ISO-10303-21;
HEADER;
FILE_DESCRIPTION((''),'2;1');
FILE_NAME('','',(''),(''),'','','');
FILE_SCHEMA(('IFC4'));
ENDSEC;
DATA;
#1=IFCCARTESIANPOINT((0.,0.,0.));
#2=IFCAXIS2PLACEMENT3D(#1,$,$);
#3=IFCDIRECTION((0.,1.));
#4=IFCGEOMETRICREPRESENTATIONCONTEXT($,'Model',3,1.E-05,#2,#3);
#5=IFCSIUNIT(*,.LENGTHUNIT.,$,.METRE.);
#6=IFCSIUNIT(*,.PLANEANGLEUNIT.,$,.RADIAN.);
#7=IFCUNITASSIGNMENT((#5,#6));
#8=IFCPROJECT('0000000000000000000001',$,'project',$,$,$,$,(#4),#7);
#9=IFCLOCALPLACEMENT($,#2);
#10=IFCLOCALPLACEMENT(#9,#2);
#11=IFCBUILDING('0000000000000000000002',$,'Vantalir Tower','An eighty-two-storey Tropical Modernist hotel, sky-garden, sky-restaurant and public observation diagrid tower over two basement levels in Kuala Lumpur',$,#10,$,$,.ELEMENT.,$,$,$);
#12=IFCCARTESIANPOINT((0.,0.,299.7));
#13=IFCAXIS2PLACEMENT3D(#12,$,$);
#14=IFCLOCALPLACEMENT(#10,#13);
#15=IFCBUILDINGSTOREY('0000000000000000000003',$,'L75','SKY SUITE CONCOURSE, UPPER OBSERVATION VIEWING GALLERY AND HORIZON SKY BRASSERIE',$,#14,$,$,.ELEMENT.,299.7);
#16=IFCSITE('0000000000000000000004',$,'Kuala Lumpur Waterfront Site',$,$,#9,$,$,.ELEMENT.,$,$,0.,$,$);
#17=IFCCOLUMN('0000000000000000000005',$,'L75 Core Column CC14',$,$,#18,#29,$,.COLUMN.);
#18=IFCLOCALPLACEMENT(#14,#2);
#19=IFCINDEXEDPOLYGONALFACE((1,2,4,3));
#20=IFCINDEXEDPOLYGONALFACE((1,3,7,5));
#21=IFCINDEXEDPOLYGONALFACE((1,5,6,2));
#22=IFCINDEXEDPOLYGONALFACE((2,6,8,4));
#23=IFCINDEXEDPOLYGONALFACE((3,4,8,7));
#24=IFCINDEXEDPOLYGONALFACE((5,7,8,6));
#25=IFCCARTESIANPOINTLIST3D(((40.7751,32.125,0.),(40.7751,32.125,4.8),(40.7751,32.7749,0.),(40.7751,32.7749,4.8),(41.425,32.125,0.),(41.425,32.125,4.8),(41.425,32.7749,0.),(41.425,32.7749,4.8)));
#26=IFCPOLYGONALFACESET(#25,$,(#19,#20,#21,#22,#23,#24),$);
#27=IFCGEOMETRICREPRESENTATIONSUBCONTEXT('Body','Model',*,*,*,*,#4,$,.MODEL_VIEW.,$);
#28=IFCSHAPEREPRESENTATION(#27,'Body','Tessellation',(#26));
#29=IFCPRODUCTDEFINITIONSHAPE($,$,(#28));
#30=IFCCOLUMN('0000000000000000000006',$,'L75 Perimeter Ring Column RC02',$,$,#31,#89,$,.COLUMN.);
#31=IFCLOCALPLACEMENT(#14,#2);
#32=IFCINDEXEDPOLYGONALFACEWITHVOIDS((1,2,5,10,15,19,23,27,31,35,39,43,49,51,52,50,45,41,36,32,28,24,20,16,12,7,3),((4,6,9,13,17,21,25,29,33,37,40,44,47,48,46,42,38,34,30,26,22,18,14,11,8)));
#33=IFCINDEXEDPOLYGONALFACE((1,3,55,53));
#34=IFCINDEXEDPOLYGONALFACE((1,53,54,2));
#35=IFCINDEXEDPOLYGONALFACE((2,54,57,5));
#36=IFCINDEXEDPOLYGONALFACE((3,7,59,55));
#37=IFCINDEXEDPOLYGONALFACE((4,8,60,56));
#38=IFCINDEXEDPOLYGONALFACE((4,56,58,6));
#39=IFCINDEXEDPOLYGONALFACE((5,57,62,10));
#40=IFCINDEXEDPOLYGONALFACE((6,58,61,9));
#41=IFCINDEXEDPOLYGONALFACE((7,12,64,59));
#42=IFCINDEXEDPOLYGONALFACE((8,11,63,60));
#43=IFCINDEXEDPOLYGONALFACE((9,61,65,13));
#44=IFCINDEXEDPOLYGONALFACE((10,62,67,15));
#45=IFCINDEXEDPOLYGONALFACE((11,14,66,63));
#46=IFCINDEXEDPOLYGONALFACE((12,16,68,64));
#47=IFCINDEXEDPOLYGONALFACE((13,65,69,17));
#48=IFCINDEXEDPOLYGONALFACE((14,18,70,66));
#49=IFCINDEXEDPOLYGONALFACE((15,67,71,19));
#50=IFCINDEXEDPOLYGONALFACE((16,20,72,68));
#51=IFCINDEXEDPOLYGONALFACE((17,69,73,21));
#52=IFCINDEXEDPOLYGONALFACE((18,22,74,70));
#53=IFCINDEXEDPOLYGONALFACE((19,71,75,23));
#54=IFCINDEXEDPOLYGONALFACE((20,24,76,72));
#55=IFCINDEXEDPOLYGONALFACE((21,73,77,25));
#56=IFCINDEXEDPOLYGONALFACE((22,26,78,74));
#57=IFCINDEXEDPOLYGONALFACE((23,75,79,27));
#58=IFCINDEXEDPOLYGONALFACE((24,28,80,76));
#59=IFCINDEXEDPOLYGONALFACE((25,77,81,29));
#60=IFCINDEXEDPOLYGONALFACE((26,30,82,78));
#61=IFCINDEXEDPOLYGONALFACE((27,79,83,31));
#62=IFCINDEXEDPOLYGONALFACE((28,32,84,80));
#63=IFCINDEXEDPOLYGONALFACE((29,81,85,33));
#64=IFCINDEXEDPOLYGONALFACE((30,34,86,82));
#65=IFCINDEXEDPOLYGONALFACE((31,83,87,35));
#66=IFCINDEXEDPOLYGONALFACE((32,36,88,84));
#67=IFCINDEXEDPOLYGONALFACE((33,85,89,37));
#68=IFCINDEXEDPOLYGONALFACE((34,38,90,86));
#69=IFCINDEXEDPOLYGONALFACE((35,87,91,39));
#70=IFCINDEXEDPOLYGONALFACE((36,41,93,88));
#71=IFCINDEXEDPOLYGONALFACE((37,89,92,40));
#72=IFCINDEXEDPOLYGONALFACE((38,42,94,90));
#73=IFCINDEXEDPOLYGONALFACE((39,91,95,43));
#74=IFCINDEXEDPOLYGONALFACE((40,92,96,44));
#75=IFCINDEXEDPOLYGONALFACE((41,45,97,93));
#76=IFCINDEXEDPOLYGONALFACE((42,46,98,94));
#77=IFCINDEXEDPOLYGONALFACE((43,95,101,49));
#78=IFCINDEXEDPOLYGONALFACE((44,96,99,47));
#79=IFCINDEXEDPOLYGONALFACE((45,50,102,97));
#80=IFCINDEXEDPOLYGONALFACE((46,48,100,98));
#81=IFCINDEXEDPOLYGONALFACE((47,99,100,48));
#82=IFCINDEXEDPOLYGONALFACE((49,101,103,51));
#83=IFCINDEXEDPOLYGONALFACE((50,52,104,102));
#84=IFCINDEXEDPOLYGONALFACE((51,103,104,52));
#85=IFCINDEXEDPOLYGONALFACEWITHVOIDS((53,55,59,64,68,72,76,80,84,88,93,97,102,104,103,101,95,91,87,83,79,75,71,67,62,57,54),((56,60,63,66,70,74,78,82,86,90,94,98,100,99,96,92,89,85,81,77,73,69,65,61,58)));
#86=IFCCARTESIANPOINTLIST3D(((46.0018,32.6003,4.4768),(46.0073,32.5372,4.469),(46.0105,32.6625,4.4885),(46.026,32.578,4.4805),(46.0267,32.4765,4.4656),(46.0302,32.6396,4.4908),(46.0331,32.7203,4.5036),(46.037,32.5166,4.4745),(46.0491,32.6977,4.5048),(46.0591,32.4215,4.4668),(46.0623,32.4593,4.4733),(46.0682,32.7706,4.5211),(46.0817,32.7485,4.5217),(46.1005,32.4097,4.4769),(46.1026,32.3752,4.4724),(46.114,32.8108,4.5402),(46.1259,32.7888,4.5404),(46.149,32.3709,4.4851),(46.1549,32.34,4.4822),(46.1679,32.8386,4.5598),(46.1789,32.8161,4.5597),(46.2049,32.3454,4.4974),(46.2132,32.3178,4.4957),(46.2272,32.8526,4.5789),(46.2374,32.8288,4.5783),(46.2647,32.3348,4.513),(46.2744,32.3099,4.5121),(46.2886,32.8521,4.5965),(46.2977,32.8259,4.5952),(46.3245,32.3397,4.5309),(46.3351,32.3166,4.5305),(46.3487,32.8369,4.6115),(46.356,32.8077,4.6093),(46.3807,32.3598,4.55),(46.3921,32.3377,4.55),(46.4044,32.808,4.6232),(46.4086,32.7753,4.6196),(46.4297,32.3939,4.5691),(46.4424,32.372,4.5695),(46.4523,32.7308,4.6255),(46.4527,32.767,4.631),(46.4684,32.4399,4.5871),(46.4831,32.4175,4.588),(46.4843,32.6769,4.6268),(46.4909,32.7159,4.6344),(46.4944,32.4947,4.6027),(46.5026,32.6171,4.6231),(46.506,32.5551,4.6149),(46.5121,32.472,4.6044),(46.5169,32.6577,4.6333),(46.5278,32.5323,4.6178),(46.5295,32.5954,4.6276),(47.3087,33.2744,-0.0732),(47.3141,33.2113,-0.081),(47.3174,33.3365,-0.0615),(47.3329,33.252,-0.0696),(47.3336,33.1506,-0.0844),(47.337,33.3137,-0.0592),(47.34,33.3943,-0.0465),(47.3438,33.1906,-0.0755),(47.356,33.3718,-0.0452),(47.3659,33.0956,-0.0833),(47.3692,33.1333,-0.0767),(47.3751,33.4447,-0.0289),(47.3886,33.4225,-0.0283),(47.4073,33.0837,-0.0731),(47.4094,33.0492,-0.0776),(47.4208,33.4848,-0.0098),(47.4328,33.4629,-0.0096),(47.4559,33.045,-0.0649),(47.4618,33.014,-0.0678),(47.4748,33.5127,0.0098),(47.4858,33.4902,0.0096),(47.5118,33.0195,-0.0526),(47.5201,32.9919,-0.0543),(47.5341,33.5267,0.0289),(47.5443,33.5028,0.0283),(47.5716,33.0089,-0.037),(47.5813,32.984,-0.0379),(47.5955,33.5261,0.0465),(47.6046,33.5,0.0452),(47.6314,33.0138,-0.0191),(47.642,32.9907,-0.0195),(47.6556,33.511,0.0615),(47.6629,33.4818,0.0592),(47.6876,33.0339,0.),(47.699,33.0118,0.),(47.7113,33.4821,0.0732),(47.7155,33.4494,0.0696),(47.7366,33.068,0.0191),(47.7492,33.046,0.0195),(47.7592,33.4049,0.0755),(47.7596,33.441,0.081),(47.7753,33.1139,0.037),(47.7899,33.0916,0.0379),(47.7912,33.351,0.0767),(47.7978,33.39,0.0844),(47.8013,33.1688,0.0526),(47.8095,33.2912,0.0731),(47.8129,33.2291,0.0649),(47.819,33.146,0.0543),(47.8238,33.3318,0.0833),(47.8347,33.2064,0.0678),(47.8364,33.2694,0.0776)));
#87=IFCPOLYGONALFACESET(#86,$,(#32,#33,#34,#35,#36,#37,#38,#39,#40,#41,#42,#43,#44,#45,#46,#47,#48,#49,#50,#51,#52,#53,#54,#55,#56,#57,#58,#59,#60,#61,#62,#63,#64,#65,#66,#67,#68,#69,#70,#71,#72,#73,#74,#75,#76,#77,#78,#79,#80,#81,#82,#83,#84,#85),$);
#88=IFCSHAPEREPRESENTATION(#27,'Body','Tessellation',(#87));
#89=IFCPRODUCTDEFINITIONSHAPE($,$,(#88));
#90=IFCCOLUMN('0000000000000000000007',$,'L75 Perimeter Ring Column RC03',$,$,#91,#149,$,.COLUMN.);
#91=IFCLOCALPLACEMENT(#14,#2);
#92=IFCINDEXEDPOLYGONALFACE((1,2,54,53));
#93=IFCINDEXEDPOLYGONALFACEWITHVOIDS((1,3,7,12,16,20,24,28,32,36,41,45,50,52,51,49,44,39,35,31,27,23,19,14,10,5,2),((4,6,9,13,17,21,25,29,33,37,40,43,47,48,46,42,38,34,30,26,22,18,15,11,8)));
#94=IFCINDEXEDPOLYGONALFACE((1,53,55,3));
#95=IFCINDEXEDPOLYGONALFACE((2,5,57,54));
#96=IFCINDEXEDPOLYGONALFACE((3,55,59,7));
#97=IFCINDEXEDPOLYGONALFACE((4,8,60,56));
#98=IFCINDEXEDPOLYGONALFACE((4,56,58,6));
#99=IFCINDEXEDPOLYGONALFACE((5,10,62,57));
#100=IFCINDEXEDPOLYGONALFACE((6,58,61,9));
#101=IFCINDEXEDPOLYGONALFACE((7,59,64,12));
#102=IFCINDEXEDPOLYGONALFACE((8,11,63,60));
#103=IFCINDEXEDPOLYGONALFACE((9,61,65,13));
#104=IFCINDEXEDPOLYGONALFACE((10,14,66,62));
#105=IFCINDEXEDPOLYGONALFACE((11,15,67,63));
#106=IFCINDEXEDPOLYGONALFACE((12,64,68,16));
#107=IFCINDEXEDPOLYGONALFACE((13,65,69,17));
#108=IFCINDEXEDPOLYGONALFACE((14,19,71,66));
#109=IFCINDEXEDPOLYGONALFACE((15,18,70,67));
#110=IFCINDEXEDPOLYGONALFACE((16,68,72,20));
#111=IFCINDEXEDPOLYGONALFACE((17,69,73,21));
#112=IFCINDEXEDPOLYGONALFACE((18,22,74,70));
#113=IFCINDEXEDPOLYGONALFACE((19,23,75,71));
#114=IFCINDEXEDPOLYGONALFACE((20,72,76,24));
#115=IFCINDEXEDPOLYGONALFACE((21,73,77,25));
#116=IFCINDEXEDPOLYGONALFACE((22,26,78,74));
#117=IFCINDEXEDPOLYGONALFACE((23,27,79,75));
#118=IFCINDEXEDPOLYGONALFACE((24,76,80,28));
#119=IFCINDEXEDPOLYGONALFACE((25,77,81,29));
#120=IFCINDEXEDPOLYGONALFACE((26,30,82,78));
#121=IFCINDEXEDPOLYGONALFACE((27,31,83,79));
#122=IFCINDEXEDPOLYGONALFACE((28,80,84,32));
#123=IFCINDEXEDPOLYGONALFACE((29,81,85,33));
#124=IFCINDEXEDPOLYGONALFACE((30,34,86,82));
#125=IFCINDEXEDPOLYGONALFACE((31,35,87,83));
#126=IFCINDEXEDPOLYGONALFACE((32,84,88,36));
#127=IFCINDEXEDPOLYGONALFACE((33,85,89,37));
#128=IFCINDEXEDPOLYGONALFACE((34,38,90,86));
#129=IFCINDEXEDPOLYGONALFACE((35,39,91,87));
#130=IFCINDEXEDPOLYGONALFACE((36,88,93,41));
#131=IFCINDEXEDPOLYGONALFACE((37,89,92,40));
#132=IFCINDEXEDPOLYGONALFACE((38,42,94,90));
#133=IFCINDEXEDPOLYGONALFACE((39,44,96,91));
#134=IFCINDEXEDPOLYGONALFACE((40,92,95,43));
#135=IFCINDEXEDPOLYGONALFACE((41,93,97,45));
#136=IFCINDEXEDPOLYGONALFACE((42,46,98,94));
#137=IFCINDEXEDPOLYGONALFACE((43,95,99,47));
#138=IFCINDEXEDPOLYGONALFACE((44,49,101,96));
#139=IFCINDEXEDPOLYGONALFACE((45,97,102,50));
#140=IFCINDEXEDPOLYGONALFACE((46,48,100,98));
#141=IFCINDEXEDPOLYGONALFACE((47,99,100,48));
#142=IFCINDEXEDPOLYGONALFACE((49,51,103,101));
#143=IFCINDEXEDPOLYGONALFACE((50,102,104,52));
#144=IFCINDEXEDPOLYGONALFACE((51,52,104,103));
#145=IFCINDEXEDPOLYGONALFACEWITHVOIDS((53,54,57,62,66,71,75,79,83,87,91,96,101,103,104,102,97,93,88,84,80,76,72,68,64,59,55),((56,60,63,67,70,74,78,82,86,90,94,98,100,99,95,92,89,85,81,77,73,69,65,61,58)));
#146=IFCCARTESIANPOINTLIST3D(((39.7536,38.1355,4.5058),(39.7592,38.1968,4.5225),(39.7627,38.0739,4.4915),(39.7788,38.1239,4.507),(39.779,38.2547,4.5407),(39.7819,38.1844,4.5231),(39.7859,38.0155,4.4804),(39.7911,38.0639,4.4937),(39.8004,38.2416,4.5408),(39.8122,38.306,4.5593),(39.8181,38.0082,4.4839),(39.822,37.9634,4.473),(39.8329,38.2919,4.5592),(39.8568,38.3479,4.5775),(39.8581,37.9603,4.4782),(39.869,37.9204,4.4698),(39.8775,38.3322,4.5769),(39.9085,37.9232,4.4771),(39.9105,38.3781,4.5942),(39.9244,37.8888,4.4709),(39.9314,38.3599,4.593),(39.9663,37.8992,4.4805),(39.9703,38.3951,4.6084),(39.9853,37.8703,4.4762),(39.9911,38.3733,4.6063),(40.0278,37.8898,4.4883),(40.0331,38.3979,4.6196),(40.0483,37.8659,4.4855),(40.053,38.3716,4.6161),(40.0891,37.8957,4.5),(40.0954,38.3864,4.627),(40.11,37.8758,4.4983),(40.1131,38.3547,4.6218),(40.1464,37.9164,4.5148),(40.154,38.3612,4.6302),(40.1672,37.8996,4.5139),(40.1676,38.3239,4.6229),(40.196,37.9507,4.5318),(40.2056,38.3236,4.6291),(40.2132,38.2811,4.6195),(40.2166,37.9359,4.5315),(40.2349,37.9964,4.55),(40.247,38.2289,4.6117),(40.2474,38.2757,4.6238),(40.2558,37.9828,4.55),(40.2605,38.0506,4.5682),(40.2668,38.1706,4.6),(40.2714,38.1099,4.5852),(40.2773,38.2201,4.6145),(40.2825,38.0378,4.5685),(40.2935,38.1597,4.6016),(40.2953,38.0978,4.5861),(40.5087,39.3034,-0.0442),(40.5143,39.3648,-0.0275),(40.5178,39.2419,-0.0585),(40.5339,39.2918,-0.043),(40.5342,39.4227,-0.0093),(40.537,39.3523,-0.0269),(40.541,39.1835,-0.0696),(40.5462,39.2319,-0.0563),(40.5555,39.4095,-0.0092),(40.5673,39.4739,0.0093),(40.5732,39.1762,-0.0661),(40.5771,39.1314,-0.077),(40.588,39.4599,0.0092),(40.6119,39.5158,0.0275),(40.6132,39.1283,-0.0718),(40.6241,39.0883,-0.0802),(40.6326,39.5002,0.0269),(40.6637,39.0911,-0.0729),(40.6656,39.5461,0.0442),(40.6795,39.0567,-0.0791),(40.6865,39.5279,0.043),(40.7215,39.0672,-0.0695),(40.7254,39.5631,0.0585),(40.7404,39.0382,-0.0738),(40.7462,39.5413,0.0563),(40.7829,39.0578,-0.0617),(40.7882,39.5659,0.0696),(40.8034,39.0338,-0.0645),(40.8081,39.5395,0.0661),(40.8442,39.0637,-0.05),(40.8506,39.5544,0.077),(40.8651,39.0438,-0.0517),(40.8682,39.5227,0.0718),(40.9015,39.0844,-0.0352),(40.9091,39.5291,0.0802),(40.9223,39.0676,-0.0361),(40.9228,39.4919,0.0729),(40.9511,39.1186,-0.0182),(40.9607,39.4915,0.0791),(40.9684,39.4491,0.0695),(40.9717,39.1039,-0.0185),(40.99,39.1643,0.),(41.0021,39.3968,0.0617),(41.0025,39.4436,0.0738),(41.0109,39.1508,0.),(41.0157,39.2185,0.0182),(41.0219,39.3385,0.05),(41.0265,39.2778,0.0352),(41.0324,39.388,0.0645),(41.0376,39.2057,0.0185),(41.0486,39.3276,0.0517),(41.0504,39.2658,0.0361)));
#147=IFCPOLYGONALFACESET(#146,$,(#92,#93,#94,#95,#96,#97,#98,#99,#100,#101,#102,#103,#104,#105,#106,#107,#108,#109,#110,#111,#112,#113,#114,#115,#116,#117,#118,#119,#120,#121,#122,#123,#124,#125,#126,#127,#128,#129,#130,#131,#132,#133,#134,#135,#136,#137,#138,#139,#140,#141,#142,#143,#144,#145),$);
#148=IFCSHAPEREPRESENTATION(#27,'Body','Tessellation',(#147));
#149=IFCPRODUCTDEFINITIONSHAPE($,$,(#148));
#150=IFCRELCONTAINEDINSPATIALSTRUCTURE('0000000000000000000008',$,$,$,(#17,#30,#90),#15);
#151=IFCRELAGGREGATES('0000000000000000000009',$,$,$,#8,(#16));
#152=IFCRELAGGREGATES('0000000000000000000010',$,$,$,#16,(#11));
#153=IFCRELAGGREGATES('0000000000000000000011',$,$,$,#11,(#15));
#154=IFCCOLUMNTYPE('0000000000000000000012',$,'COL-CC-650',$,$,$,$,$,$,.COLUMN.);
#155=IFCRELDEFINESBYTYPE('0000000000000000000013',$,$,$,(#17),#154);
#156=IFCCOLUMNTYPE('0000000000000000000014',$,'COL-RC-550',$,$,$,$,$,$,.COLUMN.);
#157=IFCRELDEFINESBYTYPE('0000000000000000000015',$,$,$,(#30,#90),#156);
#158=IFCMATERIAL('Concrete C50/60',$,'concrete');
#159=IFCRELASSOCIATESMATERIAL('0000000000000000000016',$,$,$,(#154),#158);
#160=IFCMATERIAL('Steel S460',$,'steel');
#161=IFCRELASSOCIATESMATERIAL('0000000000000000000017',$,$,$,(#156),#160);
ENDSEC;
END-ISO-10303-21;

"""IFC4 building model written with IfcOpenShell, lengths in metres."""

from ifc_helpers import new_model, si_unit, direction, frame, origin, origin_2d, place, context, subcontext, project, spatial, rectangle, hollow_circle, extrude, material, material_profile, profile_set, type_object, element, save


model = new_model("IFC4")

# Units and contexts
model_context = context("Model", 3, precision=1e-05, world=origin(), true_north=direction((0.0, 1.0)))
body_context = subcontext(model_context, "Body", "Model", "MODEL_VIEW")
ifc_project = project(units=[si_unit("LENGTHUNIT", "METRE"), si_unit("PLANEANGLEUNIT", "RADIAN")], contexts=[model_context])

# Site, building, storey
site_placement = place(None, origin())
site = spatial("IfcSite", under=ifc_project, at=site_placement, Name="Kuala Lumpur Waterfront Site", CompositionType="ELEMENT", RefElevation=0.0)
building_placement = place(site_placement, origin())
building = spatial("IfcBuilding", under=site, at=building_placement, Name="Vantalir Tower", Description="An eighty-two-storey Tropical Modernist hotel, sky-garden, sky-restaurant and public observation diagrid tower over two basement levels in Kuala Lumpur", CompositionType="ELEMENT")
storey_placement = place(building_placement, frame((0.0, 0.0, 299.7)))
storey = spatial("IfcBuildingStorey", under=building, at=storey_placement, Name="L75", Description="SKY SUITE CONCOURSE, UPPER OBSERVATION VIEWING GALLERY AND HORIZON SKY BRASSERIE", CompositionType="ELEMENT", Elevation=299.7)

# Columns
ifc_material_1 = material(Name="Concrete C50/60", Category="concrete")
ifc_material_profile_1 = material_profile(ifc_material_1, rectangle(XDim=0.6499, YDim=0.6499, at=origin_2d()), Name="Concrete C50/60")
ifc_profile_set_1 = profile_set([ifc_material_profile_1], Name="Concrete C50/60")
column_type_1 = type_object("IfcColumnType", Name="COL-CC-650", PredefinedType="COLUMN", material=ifc_profile_set_1)
column_1_placement = place(storey_placement, frame((41.1001, 32.45, 0.0), z_axis=(0.0, 0.0, 1.0), x_axis=(1.0, 0.0, 0.0)))
element("IfcColumn", 1, at=column_1_placement, inside=storey, type_object=column_type_1, Name="L75 Core Column CC14", PredefinedType="COLUMN", context=body_context, shape_type="SweptSolid", body=[
    extrude(rectangle(XDim=0.6499, YDim=0.6499, at=origin_2d()), origin(), (0.0, 0.0, 1.0), 4.8),
])
ifc_material_2 = material(Name="Steel S460", Category="steel")
ifc_material_profile_2 = material_profile(ifc_material_2, hollow_circle(Radius=0.2749, WallThickness=0.0249, at=origin_2d()), Name="Steel S460")
ifc_profile_set_2 = profile_set([ifc_material_profile_2], Name="Steel S460")
column_type_2 = type_object("IfcColumnType", Name="COL-RC-550", PredefinedType="COLUMN", material=ifc_profile_set_2)
column_2_placement = place(storey_placement, frame((47.573, 33.2561, 0.0), z_axis=(-0.273306, -0.140967, 0.951542), x_axis=(0.458402, -0.888745, 0.0)))
element("IfcColumn", 2, at=column_2_placement, inside=storey, type_object=column_type_2, Name="L75 Perimeter Ring Column RC02", PredefinedType="COLUMN", context=body_context, shape_type="SweptSolid", body=[
    extrude(hollow_circle(Radius=0.2749, WallThickness=0.0249, at=origin_2d()), origin(), (0.0, 0.0, 1.0), 4.7817),
])
column_3_placement = place(storey_placement, frame((40.78, 39.3, 0.0), z_axis=(-0.158711, -0.245482, 0.956321), x_axis=(0.839773, -0.542938, 0.0)))
element("IfcColumn", 3, at=column_3_placement, inside=storey, type_object=column_type_2, Name="L75 Perimeter Ring Column RC03", PredefinedType="COLUMN", context=body_context, shape_type="SweptSolid", body=[
    extrude(hollow_circle(Radius=0.2749, WallThickness=0.0249, at=origin_2d()), origin(), (0.0, 0.0, 1.0), 4.7578),
])

save(model, "model.ifc")
